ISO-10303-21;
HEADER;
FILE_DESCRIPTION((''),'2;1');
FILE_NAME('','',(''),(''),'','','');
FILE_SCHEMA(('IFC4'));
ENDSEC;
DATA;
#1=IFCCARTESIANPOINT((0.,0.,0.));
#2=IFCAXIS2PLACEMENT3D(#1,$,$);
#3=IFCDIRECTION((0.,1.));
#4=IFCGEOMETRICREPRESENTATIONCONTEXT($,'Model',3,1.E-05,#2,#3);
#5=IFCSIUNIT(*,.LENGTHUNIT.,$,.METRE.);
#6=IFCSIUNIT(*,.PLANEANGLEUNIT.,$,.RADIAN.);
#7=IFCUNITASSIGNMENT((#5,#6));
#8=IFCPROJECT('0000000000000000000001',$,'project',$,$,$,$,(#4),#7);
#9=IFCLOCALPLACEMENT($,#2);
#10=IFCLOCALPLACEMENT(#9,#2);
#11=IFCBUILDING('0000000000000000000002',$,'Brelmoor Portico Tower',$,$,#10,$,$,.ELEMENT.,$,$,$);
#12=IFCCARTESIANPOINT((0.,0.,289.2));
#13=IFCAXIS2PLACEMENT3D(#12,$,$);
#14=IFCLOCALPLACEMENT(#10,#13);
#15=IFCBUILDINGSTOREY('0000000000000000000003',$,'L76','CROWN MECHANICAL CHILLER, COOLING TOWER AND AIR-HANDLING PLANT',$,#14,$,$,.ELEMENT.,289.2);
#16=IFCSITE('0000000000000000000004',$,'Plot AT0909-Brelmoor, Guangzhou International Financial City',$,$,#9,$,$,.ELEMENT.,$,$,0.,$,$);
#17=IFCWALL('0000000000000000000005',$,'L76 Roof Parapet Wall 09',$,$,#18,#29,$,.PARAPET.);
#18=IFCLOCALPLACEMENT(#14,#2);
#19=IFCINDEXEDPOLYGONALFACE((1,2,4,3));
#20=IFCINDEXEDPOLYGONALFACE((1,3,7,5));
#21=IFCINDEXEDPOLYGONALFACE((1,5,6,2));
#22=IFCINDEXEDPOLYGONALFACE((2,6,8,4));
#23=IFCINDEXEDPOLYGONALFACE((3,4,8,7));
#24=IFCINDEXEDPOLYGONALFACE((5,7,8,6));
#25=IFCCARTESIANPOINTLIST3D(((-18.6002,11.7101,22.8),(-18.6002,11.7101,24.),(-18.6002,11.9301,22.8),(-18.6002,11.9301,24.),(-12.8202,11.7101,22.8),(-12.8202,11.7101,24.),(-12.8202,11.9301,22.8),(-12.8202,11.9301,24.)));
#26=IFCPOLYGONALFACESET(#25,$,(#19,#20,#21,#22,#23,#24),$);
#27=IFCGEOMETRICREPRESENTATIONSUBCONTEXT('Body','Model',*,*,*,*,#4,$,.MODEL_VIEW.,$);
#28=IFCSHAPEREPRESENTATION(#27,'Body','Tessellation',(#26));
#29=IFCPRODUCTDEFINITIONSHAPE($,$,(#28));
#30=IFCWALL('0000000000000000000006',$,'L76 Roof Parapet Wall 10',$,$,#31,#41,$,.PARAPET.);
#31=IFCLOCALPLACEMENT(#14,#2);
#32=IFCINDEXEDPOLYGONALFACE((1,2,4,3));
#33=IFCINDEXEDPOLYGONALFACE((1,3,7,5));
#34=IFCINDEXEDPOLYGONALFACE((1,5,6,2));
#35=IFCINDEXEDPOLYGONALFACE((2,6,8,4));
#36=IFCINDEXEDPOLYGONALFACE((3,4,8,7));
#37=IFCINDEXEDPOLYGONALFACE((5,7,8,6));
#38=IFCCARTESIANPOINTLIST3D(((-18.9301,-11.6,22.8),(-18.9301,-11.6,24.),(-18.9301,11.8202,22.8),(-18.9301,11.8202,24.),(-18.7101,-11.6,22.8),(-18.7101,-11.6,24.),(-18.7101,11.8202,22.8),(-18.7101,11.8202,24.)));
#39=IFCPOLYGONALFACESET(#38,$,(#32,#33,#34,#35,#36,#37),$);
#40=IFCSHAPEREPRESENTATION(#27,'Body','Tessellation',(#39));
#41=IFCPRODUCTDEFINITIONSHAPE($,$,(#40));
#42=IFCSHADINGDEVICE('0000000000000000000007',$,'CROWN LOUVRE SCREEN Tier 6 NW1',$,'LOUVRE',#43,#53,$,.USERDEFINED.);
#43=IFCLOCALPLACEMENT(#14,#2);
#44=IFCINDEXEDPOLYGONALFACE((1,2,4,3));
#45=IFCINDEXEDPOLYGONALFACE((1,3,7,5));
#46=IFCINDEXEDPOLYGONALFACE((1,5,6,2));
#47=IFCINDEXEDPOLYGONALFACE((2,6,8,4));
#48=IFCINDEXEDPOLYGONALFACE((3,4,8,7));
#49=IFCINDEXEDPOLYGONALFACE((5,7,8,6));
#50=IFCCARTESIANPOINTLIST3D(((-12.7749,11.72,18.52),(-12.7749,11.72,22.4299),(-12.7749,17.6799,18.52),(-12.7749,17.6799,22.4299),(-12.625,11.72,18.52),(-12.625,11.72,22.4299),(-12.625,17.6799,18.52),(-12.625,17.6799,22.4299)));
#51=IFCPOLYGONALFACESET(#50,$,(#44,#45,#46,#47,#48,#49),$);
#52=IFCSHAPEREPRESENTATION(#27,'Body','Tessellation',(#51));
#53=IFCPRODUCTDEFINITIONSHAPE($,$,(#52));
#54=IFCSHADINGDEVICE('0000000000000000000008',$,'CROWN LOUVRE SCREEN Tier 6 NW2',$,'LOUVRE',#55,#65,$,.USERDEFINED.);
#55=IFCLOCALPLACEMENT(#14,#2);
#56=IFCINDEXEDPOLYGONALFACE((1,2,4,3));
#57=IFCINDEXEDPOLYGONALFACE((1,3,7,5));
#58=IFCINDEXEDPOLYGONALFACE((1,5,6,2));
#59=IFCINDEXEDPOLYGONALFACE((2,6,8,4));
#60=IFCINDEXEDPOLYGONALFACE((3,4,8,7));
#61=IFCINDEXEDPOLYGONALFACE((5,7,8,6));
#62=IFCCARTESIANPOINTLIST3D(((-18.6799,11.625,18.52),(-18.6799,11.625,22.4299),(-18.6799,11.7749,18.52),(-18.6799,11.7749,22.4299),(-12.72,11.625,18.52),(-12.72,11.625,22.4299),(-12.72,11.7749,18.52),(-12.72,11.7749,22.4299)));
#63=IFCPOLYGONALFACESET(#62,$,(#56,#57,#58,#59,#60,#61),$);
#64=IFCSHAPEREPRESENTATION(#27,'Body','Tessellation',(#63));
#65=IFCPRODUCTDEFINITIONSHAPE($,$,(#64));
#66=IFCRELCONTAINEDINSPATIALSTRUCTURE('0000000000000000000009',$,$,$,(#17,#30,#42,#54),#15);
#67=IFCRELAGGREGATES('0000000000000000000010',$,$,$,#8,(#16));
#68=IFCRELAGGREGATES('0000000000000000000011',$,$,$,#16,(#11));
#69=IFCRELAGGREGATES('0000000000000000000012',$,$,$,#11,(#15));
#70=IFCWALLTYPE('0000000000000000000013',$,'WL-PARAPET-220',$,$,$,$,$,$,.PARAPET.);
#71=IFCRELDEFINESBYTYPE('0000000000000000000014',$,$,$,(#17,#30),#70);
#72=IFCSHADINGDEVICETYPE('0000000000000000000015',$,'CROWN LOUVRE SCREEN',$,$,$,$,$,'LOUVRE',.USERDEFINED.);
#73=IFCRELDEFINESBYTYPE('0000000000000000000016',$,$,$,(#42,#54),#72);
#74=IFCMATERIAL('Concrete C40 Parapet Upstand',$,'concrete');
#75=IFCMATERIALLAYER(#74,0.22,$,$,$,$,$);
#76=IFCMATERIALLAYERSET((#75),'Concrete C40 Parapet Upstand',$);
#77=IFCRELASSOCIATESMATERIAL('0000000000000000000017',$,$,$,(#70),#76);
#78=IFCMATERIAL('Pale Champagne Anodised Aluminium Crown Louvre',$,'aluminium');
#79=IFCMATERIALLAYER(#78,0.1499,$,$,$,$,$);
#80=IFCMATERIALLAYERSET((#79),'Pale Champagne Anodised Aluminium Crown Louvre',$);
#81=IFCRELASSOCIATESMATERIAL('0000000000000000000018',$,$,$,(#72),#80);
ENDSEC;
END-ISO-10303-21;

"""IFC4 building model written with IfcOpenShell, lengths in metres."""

from ifc_helpers import new_model, si_unit, direction, frame, frame_2d, origin, origin_2d, place, context, subcontext, project, spatial, rectangle, extrude, material, layer, layer_set, type_object, element, save


model = new_model("IFC4")

# Units and contexts
model_context = context("Model", 3, precision=1e-05, world=origin(), true_north=direction((0.0, 1.0)))
body_context = subcontext(model_context, "Body", "Model", "MODEL_VIEW")
ifc_project = project(units=[si_unit("LENGTHUNIT", "METRE"), si_unit("PLANEANGLEUNIT", "RADIAN")], contexts=[model_context])

# Site, building, storey
site_placement = place(None, origin())
site = spatial("IfcSite", under=ifc_project, at=site_placement, Name="Plot AT0909-Brelmoor, Guangzhou International Financial City", CompositionType="ELEMENT", RefElevation=0.0)
building_placement = place(site_placement, origin())
building = spatial("IfcBuilding", under=site, at=building_placement, Name="Brelmoor Portico Tower", CompositionType="ELEMENT")
storey_placement = place(building_placement, frame((0.0, 0.0, 289.2)))
storey = spatial("IfcBuildingStorey", under=building, at=storey_placement, Name="L76", Description="CROWN MECHANICAL CHILLER, COOLING TOWER AND AIR-HANDLING PLANT", CompositionType="ELEMENT", Elevation=289.2)

# Walls
ifc_material_1 = material(Name="Concrete C40 Parapet Upstand", Category="concrete")
ifc_layer_1 = layer(ifc_material_1, 0.22)
ifc_layer_set_1 = layer_set([ifc_layer_1], Name="Concrete C40 Parapet Upstand")
wall_type = type_object("IfcWallType", Name="WL-PARAPET-220", PredefinedType="PARAPET", material=ifc_layer_set_1)
for number, where, z_axis, x_axis, name in (
    (1, (-12.8201, 11.8201, 22.8), (0.0, 0.0, 1.0), (-1.0, 0.0, 0.0), "L76 Roof Parapet Wall 09"),
):
    element("IfcWall", number, at=place(storey_placement, frame(where, z_axis=z_axis, x_axis=x_axis)), inside=storey, type_object=wall_type, Name=name, PredefinedType="PARAPET", context=body_context, shape_type="SweptSolid", body=[
        extrude(rectangle(XDim=5.78, YDim=0.22, at=frame_2d((2.8901, 0.0))), origin(), (0.0, 0.0, 1.0), 1.2),
    ])
wall_placement = place(storey_placement, frame((-18.8201, 11.8201, 22.8), z_axis=(0.0, 0.0, 1.0), x_axis=(0.0, -1.0, 0.0)))
element("IfcWall", 2, at=wall_placement, inside=storey, type_object=wall_type, Name="L76 Roof Parapet Wall 10", PredefinedType="PARAPET", context=body_context, shape_type="SweptSolid", body=[
    extrude(rectangle(XDim=23.4202, YDim=0.22, at=frame_2d((11.71, 0.0))), origin(), (0.0, 0.0, 1.0), 1.2),
])

# Shading devices
ifc_material_2 = material(Name="Pale Champagne Anodised Aluminium Crown Louvre", Category="aluminium")
ifc_layer_2 = layer(ifc_material_2, 0.1499)
ifc_layer_set_2 = layer_set([ifc_layer_2], Name="Pale Champagne Anodised Aluminium Crown Louvre")
shading_device_type = type_object("IfcShadingDeviceType", Name="CROWN LOUVRE SCREEN", ElementType="LOUVRE", PredefinedType="USERDEFINED", material=ifc_layer_set_2)
for number, where, z_axis, x_axis, name in (
    (3, (-12.7, 14.7, 18.52), (0.0, 0.0, 1.0), (0.0, 1.0, 0.0), "CROWN LOUVRE SCREEN Tier 6 NW1"),
    (4, (-15.7, 11.7, 18.52), (0.0, 0.0, 1.0), (1.0, 0.0, 0.0), "CROWN LOUVRE SCREEN Tier 6 NW2"),
):
    element("IfcShadingDevice", number, at=place(storey_placement, frame(where, z_axis=z_axis, x_axis=x_axis)), inside=storey, type_object=shading_device_type, Name=name, ObjectType="LOUVRE", PredefinedType="USERDEFINED", context=body_context, shape_type="SweptSolid", body=[
        extrude(rectangle(XDim=5.96, YDim=0.1499, at=origin_2d()), origin(), (0.0, 0.0, 1.0), 3.9099),
    ])

save(model, "model.ifc")
